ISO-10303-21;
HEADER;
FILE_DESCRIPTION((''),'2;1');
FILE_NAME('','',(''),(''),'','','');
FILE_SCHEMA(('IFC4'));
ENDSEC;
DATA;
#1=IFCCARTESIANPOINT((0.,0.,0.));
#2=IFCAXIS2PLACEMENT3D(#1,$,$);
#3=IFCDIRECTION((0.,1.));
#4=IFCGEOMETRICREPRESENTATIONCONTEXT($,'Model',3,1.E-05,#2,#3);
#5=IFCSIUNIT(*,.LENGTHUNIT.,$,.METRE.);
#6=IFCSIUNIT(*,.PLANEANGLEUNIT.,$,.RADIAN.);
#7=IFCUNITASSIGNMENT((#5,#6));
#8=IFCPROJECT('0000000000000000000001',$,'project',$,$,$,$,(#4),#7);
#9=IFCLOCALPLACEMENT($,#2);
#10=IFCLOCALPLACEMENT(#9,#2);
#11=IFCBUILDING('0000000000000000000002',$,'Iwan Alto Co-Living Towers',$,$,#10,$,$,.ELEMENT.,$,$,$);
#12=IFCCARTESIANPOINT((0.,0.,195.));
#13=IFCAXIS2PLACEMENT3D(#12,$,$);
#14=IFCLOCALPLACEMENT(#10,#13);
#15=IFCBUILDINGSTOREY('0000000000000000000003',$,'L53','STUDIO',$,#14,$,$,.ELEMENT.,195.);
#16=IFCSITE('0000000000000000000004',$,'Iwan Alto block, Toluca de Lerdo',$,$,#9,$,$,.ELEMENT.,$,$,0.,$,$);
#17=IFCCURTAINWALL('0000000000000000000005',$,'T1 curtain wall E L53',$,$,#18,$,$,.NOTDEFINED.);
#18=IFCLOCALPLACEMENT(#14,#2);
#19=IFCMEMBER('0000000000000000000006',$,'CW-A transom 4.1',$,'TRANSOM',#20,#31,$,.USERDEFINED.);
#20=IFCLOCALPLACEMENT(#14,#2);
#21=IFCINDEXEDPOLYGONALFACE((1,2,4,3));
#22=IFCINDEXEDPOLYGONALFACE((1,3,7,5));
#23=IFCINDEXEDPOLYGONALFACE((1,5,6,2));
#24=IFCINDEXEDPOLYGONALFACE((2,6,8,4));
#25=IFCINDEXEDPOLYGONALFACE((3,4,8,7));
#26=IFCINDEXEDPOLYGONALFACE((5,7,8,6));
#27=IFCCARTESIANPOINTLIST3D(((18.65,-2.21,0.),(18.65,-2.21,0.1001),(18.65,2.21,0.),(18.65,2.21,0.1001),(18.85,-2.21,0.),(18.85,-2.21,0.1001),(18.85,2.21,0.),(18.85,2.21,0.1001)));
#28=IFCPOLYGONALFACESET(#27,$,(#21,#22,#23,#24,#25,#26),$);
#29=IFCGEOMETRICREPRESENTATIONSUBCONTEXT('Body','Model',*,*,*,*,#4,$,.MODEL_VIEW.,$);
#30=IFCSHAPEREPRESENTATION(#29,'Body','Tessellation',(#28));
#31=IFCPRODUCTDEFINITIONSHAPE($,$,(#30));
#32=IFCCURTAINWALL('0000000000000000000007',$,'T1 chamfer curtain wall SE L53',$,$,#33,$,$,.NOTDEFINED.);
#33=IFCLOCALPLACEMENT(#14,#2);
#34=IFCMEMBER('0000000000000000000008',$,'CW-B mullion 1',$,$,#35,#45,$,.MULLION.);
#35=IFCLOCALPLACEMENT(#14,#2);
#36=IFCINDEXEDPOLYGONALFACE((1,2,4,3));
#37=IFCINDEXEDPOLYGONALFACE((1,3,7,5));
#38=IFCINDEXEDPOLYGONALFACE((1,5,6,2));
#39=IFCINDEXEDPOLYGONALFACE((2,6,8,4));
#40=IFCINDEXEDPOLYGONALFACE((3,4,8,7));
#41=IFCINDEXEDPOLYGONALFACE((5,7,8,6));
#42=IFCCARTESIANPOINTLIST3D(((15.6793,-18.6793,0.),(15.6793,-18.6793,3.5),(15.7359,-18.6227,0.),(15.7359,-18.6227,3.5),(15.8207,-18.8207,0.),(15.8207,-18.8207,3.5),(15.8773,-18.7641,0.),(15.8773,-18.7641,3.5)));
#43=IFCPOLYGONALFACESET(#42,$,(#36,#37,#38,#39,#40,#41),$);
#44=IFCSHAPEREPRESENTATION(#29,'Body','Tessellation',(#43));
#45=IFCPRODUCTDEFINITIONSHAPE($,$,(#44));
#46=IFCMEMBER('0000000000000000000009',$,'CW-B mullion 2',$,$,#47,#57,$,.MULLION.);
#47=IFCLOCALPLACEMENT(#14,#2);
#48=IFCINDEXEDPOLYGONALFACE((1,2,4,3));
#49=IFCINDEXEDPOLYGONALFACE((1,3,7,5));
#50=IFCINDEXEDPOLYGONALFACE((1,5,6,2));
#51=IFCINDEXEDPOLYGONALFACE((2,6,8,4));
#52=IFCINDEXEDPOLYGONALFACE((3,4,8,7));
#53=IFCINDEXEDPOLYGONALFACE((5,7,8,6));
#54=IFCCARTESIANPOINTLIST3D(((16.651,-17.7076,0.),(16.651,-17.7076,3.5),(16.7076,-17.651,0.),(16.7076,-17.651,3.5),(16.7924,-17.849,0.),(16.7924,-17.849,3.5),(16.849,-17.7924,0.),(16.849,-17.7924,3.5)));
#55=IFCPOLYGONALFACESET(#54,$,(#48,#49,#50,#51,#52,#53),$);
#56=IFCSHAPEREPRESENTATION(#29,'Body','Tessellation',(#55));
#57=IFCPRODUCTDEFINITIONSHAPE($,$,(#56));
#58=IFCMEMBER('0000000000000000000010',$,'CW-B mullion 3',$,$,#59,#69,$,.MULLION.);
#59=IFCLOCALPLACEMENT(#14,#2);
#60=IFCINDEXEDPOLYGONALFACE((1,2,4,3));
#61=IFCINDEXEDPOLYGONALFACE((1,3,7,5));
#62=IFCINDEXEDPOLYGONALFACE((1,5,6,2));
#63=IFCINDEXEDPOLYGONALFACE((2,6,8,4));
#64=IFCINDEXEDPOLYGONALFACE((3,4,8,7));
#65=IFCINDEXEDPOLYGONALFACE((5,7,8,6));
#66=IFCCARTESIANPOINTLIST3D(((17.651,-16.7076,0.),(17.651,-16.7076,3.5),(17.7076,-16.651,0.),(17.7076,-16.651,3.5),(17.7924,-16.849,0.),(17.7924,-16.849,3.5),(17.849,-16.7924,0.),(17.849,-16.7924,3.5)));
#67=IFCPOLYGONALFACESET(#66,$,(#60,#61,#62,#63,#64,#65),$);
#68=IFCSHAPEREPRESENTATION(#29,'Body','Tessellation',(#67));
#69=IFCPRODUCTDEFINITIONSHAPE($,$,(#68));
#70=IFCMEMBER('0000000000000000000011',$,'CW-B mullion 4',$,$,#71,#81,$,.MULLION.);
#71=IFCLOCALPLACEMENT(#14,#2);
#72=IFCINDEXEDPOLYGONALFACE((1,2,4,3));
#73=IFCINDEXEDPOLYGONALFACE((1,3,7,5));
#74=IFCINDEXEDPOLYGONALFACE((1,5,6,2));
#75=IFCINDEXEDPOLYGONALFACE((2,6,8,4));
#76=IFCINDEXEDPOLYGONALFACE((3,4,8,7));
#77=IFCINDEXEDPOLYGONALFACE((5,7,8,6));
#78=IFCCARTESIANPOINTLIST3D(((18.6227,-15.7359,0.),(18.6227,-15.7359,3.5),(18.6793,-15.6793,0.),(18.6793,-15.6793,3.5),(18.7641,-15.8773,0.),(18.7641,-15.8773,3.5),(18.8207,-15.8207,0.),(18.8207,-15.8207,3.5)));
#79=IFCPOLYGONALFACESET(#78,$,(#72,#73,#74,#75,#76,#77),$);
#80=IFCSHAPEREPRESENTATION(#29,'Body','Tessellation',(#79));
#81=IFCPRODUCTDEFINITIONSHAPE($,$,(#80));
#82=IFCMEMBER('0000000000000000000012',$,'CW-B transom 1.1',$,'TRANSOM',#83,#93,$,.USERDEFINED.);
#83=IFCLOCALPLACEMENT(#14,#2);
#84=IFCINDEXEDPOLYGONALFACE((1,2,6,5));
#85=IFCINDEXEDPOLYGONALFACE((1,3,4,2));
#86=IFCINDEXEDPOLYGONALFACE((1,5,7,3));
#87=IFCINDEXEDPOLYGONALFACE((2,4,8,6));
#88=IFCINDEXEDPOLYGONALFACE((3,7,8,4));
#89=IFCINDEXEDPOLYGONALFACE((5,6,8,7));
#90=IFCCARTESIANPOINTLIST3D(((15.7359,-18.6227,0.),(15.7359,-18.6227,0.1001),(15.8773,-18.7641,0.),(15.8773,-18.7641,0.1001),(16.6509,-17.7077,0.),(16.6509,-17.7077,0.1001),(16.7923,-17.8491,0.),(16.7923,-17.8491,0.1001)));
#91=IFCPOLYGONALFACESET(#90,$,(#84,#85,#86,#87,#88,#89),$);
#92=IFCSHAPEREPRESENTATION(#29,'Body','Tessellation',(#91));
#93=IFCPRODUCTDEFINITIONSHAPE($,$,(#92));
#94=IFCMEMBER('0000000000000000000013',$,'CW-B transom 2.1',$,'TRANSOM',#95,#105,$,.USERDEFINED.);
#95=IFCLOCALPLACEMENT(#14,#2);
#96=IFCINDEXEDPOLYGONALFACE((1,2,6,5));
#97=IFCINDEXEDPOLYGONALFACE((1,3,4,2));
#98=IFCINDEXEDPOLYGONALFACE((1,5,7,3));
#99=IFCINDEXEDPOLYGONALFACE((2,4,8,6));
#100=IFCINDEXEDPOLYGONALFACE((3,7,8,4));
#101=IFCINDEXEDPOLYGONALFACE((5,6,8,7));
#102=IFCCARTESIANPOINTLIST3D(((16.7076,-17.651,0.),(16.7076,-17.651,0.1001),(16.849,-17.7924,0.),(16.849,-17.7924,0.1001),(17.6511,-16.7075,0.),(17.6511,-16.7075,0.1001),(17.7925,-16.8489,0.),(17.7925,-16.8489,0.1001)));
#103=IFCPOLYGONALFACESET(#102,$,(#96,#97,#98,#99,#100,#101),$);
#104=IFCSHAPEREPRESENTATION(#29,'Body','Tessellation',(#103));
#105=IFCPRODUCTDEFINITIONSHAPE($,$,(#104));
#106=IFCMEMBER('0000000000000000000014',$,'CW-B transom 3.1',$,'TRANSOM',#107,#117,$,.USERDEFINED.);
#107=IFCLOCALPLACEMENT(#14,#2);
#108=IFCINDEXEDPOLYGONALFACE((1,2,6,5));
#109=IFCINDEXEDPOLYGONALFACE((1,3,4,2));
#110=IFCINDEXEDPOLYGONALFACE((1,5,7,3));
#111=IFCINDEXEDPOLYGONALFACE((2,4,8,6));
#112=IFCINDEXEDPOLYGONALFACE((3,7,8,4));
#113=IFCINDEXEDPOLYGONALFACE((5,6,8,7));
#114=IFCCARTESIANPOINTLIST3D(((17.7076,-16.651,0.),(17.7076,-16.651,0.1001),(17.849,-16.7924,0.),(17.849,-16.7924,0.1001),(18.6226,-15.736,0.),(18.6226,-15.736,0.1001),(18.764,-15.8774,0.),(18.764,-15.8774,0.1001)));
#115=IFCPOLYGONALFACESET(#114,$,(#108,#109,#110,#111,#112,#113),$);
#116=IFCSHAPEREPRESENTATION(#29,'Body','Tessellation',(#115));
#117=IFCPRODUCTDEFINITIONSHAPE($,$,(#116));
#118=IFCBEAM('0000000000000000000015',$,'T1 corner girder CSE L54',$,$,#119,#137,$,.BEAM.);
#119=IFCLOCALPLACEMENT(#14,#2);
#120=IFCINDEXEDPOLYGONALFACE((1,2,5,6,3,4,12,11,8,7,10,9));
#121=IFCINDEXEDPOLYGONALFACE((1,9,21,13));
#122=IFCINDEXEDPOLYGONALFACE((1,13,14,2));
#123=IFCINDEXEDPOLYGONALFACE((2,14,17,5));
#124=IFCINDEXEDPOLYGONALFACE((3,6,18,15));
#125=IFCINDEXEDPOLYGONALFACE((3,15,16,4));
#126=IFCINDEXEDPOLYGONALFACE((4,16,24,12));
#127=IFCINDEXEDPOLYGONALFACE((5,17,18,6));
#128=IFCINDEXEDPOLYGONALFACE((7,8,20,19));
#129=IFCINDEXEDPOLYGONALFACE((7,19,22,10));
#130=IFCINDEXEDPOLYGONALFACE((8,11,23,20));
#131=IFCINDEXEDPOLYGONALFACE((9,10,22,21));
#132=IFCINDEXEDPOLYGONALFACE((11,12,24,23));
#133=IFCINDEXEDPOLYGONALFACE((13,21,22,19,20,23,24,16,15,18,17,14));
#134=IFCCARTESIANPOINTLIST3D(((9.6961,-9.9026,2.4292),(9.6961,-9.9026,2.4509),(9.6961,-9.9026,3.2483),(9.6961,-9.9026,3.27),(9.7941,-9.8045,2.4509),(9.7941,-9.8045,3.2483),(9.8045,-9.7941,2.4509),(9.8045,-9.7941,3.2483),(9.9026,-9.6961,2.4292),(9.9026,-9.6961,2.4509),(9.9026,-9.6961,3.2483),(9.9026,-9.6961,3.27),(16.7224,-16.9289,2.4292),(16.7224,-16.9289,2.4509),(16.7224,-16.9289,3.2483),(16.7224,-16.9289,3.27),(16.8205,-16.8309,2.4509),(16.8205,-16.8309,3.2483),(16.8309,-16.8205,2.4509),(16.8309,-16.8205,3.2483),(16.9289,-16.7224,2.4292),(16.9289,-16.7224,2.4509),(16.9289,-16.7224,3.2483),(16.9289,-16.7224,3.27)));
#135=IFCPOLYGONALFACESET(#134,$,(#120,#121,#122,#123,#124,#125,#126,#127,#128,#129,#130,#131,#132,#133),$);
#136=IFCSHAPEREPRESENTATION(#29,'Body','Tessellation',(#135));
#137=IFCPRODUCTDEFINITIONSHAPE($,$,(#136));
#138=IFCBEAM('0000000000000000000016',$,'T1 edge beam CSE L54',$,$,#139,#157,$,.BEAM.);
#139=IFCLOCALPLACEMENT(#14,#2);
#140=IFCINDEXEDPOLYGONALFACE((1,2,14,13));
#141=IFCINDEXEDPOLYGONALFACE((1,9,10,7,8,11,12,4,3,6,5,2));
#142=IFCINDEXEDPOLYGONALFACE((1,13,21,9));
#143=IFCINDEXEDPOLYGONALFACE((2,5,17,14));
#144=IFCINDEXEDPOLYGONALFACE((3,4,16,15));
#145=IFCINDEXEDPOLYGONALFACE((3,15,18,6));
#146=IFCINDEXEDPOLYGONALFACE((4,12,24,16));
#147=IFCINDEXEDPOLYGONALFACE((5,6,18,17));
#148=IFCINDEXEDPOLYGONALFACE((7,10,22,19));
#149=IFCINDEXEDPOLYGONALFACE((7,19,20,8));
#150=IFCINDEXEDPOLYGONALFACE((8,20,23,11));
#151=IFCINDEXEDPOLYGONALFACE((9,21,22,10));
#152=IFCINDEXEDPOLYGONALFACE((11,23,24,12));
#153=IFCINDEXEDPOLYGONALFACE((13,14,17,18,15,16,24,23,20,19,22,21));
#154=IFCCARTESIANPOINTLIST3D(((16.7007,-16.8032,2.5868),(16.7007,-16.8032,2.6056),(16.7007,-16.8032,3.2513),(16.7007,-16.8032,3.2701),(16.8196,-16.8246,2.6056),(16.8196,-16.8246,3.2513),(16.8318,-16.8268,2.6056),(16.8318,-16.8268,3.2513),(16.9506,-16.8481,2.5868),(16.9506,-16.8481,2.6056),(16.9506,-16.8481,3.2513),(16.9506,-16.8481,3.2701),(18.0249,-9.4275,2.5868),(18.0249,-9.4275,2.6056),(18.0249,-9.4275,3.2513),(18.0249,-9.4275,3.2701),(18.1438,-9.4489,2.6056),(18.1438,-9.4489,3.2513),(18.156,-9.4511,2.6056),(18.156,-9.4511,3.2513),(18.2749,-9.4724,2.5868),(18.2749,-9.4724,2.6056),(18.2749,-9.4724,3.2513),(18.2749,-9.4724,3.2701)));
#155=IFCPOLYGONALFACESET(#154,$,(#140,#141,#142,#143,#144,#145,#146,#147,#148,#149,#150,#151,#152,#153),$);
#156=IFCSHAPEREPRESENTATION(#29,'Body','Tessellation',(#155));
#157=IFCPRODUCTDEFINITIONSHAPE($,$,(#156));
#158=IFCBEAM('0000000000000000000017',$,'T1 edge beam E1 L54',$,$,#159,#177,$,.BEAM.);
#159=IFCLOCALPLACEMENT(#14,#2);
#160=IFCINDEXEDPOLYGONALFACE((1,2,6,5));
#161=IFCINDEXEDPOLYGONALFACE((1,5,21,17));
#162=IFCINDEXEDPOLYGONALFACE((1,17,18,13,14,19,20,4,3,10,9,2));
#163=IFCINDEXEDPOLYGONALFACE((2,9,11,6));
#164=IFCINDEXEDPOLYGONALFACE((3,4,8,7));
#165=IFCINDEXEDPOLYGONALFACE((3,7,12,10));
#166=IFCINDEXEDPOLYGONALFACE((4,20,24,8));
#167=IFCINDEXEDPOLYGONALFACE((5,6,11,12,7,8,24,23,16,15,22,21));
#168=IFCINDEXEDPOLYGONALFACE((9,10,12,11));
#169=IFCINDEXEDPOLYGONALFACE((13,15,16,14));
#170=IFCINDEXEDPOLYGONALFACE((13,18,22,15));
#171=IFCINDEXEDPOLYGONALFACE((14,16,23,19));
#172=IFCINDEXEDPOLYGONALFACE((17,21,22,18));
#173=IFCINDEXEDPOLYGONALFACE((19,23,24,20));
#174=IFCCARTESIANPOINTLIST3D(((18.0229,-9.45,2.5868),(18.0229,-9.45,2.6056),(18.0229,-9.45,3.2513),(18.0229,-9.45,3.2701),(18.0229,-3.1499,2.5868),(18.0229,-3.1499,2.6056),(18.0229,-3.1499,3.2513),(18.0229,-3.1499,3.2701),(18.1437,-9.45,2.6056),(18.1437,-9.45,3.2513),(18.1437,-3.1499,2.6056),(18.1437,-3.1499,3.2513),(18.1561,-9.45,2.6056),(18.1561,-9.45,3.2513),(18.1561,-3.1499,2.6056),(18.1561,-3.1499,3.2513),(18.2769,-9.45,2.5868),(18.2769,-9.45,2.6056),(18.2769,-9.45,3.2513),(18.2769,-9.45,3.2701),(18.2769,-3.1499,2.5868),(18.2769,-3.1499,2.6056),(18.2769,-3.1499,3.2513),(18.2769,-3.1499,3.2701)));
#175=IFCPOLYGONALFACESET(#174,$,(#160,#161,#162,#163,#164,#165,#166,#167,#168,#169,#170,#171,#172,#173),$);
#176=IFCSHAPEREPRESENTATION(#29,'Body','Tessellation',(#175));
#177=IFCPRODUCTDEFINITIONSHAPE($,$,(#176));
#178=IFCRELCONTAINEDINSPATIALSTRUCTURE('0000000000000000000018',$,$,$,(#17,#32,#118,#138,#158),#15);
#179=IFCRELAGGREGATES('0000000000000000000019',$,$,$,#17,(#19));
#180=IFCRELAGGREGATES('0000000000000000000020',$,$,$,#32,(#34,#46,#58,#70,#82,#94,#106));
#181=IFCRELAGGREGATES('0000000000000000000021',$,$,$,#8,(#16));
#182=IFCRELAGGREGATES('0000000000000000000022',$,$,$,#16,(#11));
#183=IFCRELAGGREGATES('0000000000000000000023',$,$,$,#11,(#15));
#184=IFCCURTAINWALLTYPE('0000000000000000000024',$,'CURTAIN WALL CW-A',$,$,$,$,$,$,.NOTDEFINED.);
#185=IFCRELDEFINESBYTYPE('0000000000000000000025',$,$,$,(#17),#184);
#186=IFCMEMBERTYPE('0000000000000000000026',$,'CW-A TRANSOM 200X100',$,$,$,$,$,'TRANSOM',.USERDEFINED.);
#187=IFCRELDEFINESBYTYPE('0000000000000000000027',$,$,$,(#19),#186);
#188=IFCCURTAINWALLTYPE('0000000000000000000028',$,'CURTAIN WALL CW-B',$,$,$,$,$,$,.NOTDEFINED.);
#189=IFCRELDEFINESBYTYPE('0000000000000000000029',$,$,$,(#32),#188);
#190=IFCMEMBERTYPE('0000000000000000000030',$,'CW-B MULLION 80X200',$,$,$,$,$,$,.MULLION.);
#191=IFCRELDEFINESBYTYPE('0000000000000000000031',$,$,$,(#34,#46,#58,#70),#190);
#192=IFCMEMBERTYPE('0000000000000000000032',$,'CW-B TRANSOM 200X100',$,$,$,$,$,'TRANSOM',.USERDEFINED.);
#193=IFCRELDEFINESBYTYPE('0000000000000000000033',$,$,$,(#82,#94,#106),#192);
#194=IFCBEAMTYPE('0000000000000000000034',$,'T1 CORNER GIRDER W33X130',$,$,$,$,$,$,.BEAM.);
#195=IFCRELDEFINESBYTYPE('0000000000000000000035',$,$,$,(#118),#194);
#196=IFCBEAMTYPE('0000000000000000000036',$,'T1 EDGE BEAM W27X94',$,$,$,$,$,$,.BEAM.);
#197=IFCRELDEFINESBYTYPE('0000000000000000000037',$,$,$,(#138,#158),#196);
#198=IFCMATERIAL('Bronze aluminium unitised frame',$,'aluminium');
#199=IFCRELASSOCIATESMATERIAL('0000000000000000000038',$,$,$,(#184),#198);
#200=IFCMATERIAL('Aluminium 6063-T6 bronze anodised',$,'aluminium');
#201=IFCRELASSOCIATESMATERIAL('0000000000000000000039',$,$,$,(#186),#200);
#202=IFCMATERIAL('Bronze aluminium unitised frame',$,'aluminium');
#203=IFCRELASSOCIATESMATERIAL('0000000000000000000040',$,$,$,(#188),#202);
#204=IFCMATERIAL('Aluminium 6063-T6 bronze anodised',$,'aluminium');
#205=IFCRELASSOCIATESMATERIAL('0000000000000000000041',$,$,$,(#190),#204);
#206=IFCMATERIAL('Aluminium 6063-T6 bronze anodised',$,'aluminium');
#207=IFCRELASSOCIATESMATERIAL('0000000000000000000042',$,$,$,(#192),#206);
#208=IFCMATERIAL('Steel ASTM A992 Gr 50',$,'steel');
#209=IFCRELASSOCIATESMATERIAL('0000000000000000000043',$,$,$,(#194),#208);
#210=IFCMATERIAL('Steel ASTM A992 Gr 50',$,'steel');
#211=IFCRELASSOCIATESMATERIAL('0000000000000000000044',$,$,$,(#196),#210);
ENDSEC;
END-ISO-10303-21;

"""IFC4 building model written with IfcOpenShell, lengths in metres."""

from ifc_helpers import new_model, si_unit, direction, frame, origin, origin_2d, place, context, subcontext, project, spatial, rectangle, i_section, extrude, material, material_profile, profile_set, type_object, element, aggregate, save


model = new_model("IFC4")

# Units and contexts
model_context = context("Model", 3, precision=1e-05, world=origin(), true_north=direction((0.0, 1.0)))
body_context = subcontext(model_context, "Body", "Model", "MODEL_VIEW")
ifc_project = project(units=[si_unit("LENGTHUNIT", "METRE"), si_unit("PLANEANGLEUNIT", "RADIAN")], contexts=[model_context])

# Site, building, storey
site_placement = place(None, origin())
site = spatial("IfcSite", under=ifc_project, at=site_placement, Name="Iwan Alto block, Toluca de Lerdo", CompositionType="ELEMENT", RefElevation=0.0)
building_placement = place(site_placement, origin())
building = spatial("IfcBuilding", under=site, at=building_placement, Name="Iwan Alto Co-Living Towers", CompositionType="ELEMENT")
storey_placement = place(building_placement, frame((0.0, 0.0, 195.0)))
storey = spatial("IfcBuildingStorey", under=building, at=storey_placement, Name="L53", Description="STUDIO", CompositionType="ELEMENT", Elevation=195.0)

# Shared definitions
ifc_material_1 = material(Name="Bronze aluminium unitised frame", Category="aluminium")
curtain_wall_type_1 = type_object("IfcCurtainWallType", Name="CURTAIN WALL CW-A", PredefinedType="NOTDEFINED", material=ifc_material_1)

# Curtain walls, members
curtain_wall_1_placement = place(storey_placement, origin())
curtain_wall_1 = element("IfcCurtainWall", 1, at=curtain_wall_1_placement, inside=storey, type_object=curtain_wall_type_1, Name="T1 curtain wall E L53", PredefinedType="NOTDEFINED")
ifc_material_2 = material(Name="Aluminium 6063-T6 bronze anodised", Category="aluminium")
ifc_material_profile_1 = material_profile(ifc_material_2, rectangle(XDim=0.2, YDim=0.1001, at=origin_2d()), Name="AL 200X100")
ifc_profile_set_1 = profile_set([ifc_material_profile_1], Name="Aluminium 6063-T6 bronze anodised")
member_type_1 = type_object("IfcMemberType", Name="CW-A TRANSOM 200X100", ElementType="TRANSOM", PredefinedType="USERDEFINED", material=ifc_profile_set_1)
member_1_placement = place(storey_placement, frame((18.75, -2.21, 0.05), z_axis=(0.0, 1.0, 0.0), x_axis=(-1.0, 0.0, 0.0)))
member_1 = element("IfcMember", 2, at=member_1_placement, type_object=member_type_1, Name="CW-A transom 4.1", ObjectType="TRANSOM", PredefinedType="USERDEFINED", context=body_context, shape_type="SweptSolid", body=[
    extrude(rectangle(XDim=0.2, YDim=0.1001, at=origin_2d()), origin(), (0.0, 0.0, 1.0), 4.4199),
])
ifc_material_3 = material(Name="Bronze aluminium unitised frame", Category="aluminium")
curtain_wall_type_2 = type_object("IfcCurtainWallType", Name="CURTAIN WALL CW-B", PredefinedType="NOTDEFINED", material=ifc_material_3)
curtain_wall_2_placement = place(storey_placement, origin())
curtain_wall_2 = element("IfcCurtainWall", 3, at=curtain_wall_2_placement, inside=storey, type_object=curtain_wall_type_2, Name="T1 chamfer curtain wall SE L53", PredefinedType="NOTDEFINED")
ifc_material_4 = material(Name="Aluminium 6063-T6 bronze anodised", Category="aluminium")
ifc_material_profile_2 = material_profile(ifc_material_4, rectangle(XDim=0.2, YDim=0.0801, at=origin_2d()), Name="AL 80X200")
ifc_profile_set_2 = profile_set([ifc_material_profile_2], Name="Aluminium 6063-T6 bronze anodised")
member_type_2 = type_object("IfcMemberType", Name="CW-B MULLION 80X200", PredefinedType="MULLION", material=ifc_profile_set_2)
member_2_placement = place(storey_placement, frame((15.7783, -18.7217, 0.0), z_axis=(0.0, 0.0, 1.0), x_axis=(-0.707107, 0.707107, 0.0)))
member_2 = element("IfcMember", 4, at=member_2_placement, type_object=member_type_2, Name="CW-B mullion 1", PredefinedType="MULLION", context=body_context, shape_type="SweptSolid", body=[
    extrude(rectangle(XDim=0.2, YDim=0.0801, at=origin_2d()), origin(), (0.0, 0.0, 1.0), 3.5),
])
member_3_placement = place(storey_placement, frame((16.75, -17.75, 0.0), z_axis=(0.0, 0.0, 1.0), x_axis=(-0.707107, 0.707107, 0.0)))
member_3 = element("IfcMember", 5, at=member_3_placement, type_object=member_type_2, Name="CW-B mullion 2", PredefinedType="MULLION", context=body_context, shape_type="SweptSolid", body=[
    extrude(rectangle(XDim=0.2, YDim=0.0801, at=origin_2d()), origin(), (0.0, 0.0, 1.0), 3.5),
])
member_4_placement = place(storey_placement, frame((17.75, -16.75, 0.0), z_axis=(0.0, 0.0, 1.0), x_axis=(-0.707107, 0.707107, 0.0)))
member_4 = element("IfcMember", 6, at=member_4_placement, type_object=member_type_2, Name="CW-B mullion 3", PredefinedType="MULLION", context=body_context, shape_type="SweptSolid", body=[
    extrude(rectangle(XDim=0.2, YDim=0.0801, at=origin_2d()), origin(), (0.0, 0.0, 1.0), 3.5),
])
member_5_placement = place(storey_placement, frame((18.7217, -15.7783, 0.0), z_axis=(0.0, 0.0, 1.0), x_axis=(-0.707107, 0.707107, 0.0)))
member_5 = element("IfcMember", 7, at=member_5_placement, type_object=member_type_2, Name="CW-B mullion 4", PredefinedType="MULLION", context=body_context, shape_type="SweptSolid", body=[
    extrude(rectangle(XDim=0.2, YDim=0.0801, at=origin_2d()), origin(), (0.0, 0.0, 1.0), 3.5),
])
ifc_material_5 = material(Name="Aluminium 6063-T6 bronze anodised", Category="aluminium")
ifc_material_profile_3 = material_profile(ifc_material_5, rectangle(XDim=0.2, YDim=0.1001, at=origin_2d()), Name="AL 200X100")
ifc_profile_set_3 = profile_set([ifc_material_profile_3], Name="Aluminium 6063-T6 bronze anodised")
member_type_3 = type_object("IfcMemberType", Name="CW-B TRANSOM 200X100", ElementType="TRANSOM", PredefinedType="USERDEFINED", material=ifc_profile_set_3)
member_6_placement = place(storey_placement, frame((15.8066, -18.6934, 0.05), z_axis=(0.707107, 0.707107, 0.0), x_axis=(-0.707107, 0.707107, 0.0)))
member_6 = element("IfcMember", 8, at=member_6_placement, type_object=member_type_3, Name="CW-B transom 1.1", ObjectType="TRANSOM", PredefinedType="USERDEFINED", context=body_context, shape_type="SweptSolid", body=[
    extrude(rectangle(XDim=0.2, YDim=0.1001, at=origin_2d()), origin(), (0.0, 0.0, 1.0), 1.2939),
])
member_7_placement = place(storey_placement, frame((16.7783, -17.7217, 0.05), z_axis=(0.707107, 0.707107, 0.0), x_axis=(-0.707107, 0.707107, 0.0)))
member_7 = element("IfcMember", 9, at=member_7_placement, type_object=member_type_3, Name="CW-B transom 2.1", ObjectType="TRANSOM", PredefinedType="USERDEFINED", context=body_context, shape_type="SweptSolid", body=[
    extrude(rectangle(XDim=0.2, YDim=0.1001, at=origin_2d()), origin(), (0.0, 0.0, 1.0), 1.3342),
])
member_8_placement = place(storey_placement, frame((17.7783, -16.7217, 0.05), z_axis=(0.707107, 0.707107, 0.0), x_axis=(-0.707107, 0.707107, 0.0)))
member_8 = element("IfcMember", 10, at=member_8_placement, type_object=member_type_3, Name="CW-B transom 3.1", ObjectType="TRANSOM", PredefinedType="USERDEFINED", context=body_context, shape_type="SweptSolid", body=[
    extrude(rectangle(XDim=0.2, YDim=0.1001, at=origin_2d()), origin(), (0.0, 0.0, 1.0), 1.2939),
])

# Beams
ifc_material_6 = material(Name="Steel ASTM A992 Gr 50", Category="steel")
ifc_material_profile_4 = material_profile(ifc_material_6, i_section(OverallWidth=0.292, OverallDepth=0.8408, WebThickness=0.0146, FlangeThickness=0.0217, at=origin_2d()), Name="W33X130")
ifc_profile_set_4 = profile_set([ifc_material_profile_4], Name="Steel ASTM A992 Gr 50")
beam_type_1 = type_object("IfcBeamType", Name="T1 CORNER GIRDER W33X130", PredefinedType="BEAM", material=ifc_profile_set_4)
beam_1_placement = place(storey_placement, frame((16.8257, -16.8257, 2.8496), z_axis=(-0.707107, 0.707107, 0.0), x_axis=(-0.707107, -0.707107, 0.0)))
element("IfcBeam", 11, at=beam_1_placement, inside=storey, type_object=beam_type_1, Name="T1 corner girder CSE L54", PredefinedType="BEAM", context=body_context, shape_type="SweptSolid", body=[
    extrude(i_section(OverallWidth=0.292, OverallDepth=0.8408, WebThickness=0.0146, FlangeThickness=0.0217, at=origin_2d()), origin(), (0.0, 0.0, 1.0), 9.9368),
])
ifc_material_7 = material(Name="Steel ASTM A992 Gr 50", Category="steel")
ifc_material_profile_5 = material_profile(ifc_material_7, i_section(OverallWidth=0.2539, OverallDepth=0.6833, WebThickness=0.0125, FlangeThickness=0.0188, at=origin_2d()), Name="W27X94")
ifc_profile_set_5 = profile_set([ifc_material_profile_5], Name="Steel ASTM A992 Gr 50")
beam_type_2 = type_object("IfcBeamType", Name="T1 EDGE BEAM W27X94", PredefinedType="BEAM", material=ifc_profile_set_5)
beam_2_placement = place(storey_placement, frame((16.8257, -16.8257, 2.9285), z_axis=(0.176712, 0.984263, 0.0), x_axis=(-0.984263, 0.176712, 0.0)))
element("IfcBeam", 12, at=beam_2_placement, inside=storey, type_object=beam_type_2, Name="T1 edge beam CSE L54", PredefinedType="BEAM", context=body_context, shape_type="SweptSolid", body=[
    extrude(i_section(OverallWidth=0.2539, OverallDepth=0.6833, WebThickness=0.0125, FlangeThickness=0.0188, at=origin_2d()), origin(), (0.0, 0.0, 1.0), 7.4937),
])
beam_3_placement = place(storey_placement, frame((18.1499, -9.45, 2.9285), z_axis=(0.0, 1.0, 0.0), x_axis=(-1.0, 0.0, 0.0)))
element("IfcBeam", 13, at=beam_3_placement, inside=storey, type_object=beam_type_2, Name="T1 edge beam E1 L54", PredefinedType="BEAM", context=body_context, shape_type="SweptSolid", body=[
    extrude(i_section(OverallWidth=0.2539, OverallDepth=0.6833, WebThickness=0.0125, FlangeThickness=0.0188, at=origin_2d()), origin(), (0.0, 0.0, 1.0), 6.3),
])

aggregate(curtain_wall_1, [member_1])
aggregate(curtain_wall_2, [member_2, member_3, member_4, member_5, member_6, member_7, member_8])

save(model, "model.ifc")
